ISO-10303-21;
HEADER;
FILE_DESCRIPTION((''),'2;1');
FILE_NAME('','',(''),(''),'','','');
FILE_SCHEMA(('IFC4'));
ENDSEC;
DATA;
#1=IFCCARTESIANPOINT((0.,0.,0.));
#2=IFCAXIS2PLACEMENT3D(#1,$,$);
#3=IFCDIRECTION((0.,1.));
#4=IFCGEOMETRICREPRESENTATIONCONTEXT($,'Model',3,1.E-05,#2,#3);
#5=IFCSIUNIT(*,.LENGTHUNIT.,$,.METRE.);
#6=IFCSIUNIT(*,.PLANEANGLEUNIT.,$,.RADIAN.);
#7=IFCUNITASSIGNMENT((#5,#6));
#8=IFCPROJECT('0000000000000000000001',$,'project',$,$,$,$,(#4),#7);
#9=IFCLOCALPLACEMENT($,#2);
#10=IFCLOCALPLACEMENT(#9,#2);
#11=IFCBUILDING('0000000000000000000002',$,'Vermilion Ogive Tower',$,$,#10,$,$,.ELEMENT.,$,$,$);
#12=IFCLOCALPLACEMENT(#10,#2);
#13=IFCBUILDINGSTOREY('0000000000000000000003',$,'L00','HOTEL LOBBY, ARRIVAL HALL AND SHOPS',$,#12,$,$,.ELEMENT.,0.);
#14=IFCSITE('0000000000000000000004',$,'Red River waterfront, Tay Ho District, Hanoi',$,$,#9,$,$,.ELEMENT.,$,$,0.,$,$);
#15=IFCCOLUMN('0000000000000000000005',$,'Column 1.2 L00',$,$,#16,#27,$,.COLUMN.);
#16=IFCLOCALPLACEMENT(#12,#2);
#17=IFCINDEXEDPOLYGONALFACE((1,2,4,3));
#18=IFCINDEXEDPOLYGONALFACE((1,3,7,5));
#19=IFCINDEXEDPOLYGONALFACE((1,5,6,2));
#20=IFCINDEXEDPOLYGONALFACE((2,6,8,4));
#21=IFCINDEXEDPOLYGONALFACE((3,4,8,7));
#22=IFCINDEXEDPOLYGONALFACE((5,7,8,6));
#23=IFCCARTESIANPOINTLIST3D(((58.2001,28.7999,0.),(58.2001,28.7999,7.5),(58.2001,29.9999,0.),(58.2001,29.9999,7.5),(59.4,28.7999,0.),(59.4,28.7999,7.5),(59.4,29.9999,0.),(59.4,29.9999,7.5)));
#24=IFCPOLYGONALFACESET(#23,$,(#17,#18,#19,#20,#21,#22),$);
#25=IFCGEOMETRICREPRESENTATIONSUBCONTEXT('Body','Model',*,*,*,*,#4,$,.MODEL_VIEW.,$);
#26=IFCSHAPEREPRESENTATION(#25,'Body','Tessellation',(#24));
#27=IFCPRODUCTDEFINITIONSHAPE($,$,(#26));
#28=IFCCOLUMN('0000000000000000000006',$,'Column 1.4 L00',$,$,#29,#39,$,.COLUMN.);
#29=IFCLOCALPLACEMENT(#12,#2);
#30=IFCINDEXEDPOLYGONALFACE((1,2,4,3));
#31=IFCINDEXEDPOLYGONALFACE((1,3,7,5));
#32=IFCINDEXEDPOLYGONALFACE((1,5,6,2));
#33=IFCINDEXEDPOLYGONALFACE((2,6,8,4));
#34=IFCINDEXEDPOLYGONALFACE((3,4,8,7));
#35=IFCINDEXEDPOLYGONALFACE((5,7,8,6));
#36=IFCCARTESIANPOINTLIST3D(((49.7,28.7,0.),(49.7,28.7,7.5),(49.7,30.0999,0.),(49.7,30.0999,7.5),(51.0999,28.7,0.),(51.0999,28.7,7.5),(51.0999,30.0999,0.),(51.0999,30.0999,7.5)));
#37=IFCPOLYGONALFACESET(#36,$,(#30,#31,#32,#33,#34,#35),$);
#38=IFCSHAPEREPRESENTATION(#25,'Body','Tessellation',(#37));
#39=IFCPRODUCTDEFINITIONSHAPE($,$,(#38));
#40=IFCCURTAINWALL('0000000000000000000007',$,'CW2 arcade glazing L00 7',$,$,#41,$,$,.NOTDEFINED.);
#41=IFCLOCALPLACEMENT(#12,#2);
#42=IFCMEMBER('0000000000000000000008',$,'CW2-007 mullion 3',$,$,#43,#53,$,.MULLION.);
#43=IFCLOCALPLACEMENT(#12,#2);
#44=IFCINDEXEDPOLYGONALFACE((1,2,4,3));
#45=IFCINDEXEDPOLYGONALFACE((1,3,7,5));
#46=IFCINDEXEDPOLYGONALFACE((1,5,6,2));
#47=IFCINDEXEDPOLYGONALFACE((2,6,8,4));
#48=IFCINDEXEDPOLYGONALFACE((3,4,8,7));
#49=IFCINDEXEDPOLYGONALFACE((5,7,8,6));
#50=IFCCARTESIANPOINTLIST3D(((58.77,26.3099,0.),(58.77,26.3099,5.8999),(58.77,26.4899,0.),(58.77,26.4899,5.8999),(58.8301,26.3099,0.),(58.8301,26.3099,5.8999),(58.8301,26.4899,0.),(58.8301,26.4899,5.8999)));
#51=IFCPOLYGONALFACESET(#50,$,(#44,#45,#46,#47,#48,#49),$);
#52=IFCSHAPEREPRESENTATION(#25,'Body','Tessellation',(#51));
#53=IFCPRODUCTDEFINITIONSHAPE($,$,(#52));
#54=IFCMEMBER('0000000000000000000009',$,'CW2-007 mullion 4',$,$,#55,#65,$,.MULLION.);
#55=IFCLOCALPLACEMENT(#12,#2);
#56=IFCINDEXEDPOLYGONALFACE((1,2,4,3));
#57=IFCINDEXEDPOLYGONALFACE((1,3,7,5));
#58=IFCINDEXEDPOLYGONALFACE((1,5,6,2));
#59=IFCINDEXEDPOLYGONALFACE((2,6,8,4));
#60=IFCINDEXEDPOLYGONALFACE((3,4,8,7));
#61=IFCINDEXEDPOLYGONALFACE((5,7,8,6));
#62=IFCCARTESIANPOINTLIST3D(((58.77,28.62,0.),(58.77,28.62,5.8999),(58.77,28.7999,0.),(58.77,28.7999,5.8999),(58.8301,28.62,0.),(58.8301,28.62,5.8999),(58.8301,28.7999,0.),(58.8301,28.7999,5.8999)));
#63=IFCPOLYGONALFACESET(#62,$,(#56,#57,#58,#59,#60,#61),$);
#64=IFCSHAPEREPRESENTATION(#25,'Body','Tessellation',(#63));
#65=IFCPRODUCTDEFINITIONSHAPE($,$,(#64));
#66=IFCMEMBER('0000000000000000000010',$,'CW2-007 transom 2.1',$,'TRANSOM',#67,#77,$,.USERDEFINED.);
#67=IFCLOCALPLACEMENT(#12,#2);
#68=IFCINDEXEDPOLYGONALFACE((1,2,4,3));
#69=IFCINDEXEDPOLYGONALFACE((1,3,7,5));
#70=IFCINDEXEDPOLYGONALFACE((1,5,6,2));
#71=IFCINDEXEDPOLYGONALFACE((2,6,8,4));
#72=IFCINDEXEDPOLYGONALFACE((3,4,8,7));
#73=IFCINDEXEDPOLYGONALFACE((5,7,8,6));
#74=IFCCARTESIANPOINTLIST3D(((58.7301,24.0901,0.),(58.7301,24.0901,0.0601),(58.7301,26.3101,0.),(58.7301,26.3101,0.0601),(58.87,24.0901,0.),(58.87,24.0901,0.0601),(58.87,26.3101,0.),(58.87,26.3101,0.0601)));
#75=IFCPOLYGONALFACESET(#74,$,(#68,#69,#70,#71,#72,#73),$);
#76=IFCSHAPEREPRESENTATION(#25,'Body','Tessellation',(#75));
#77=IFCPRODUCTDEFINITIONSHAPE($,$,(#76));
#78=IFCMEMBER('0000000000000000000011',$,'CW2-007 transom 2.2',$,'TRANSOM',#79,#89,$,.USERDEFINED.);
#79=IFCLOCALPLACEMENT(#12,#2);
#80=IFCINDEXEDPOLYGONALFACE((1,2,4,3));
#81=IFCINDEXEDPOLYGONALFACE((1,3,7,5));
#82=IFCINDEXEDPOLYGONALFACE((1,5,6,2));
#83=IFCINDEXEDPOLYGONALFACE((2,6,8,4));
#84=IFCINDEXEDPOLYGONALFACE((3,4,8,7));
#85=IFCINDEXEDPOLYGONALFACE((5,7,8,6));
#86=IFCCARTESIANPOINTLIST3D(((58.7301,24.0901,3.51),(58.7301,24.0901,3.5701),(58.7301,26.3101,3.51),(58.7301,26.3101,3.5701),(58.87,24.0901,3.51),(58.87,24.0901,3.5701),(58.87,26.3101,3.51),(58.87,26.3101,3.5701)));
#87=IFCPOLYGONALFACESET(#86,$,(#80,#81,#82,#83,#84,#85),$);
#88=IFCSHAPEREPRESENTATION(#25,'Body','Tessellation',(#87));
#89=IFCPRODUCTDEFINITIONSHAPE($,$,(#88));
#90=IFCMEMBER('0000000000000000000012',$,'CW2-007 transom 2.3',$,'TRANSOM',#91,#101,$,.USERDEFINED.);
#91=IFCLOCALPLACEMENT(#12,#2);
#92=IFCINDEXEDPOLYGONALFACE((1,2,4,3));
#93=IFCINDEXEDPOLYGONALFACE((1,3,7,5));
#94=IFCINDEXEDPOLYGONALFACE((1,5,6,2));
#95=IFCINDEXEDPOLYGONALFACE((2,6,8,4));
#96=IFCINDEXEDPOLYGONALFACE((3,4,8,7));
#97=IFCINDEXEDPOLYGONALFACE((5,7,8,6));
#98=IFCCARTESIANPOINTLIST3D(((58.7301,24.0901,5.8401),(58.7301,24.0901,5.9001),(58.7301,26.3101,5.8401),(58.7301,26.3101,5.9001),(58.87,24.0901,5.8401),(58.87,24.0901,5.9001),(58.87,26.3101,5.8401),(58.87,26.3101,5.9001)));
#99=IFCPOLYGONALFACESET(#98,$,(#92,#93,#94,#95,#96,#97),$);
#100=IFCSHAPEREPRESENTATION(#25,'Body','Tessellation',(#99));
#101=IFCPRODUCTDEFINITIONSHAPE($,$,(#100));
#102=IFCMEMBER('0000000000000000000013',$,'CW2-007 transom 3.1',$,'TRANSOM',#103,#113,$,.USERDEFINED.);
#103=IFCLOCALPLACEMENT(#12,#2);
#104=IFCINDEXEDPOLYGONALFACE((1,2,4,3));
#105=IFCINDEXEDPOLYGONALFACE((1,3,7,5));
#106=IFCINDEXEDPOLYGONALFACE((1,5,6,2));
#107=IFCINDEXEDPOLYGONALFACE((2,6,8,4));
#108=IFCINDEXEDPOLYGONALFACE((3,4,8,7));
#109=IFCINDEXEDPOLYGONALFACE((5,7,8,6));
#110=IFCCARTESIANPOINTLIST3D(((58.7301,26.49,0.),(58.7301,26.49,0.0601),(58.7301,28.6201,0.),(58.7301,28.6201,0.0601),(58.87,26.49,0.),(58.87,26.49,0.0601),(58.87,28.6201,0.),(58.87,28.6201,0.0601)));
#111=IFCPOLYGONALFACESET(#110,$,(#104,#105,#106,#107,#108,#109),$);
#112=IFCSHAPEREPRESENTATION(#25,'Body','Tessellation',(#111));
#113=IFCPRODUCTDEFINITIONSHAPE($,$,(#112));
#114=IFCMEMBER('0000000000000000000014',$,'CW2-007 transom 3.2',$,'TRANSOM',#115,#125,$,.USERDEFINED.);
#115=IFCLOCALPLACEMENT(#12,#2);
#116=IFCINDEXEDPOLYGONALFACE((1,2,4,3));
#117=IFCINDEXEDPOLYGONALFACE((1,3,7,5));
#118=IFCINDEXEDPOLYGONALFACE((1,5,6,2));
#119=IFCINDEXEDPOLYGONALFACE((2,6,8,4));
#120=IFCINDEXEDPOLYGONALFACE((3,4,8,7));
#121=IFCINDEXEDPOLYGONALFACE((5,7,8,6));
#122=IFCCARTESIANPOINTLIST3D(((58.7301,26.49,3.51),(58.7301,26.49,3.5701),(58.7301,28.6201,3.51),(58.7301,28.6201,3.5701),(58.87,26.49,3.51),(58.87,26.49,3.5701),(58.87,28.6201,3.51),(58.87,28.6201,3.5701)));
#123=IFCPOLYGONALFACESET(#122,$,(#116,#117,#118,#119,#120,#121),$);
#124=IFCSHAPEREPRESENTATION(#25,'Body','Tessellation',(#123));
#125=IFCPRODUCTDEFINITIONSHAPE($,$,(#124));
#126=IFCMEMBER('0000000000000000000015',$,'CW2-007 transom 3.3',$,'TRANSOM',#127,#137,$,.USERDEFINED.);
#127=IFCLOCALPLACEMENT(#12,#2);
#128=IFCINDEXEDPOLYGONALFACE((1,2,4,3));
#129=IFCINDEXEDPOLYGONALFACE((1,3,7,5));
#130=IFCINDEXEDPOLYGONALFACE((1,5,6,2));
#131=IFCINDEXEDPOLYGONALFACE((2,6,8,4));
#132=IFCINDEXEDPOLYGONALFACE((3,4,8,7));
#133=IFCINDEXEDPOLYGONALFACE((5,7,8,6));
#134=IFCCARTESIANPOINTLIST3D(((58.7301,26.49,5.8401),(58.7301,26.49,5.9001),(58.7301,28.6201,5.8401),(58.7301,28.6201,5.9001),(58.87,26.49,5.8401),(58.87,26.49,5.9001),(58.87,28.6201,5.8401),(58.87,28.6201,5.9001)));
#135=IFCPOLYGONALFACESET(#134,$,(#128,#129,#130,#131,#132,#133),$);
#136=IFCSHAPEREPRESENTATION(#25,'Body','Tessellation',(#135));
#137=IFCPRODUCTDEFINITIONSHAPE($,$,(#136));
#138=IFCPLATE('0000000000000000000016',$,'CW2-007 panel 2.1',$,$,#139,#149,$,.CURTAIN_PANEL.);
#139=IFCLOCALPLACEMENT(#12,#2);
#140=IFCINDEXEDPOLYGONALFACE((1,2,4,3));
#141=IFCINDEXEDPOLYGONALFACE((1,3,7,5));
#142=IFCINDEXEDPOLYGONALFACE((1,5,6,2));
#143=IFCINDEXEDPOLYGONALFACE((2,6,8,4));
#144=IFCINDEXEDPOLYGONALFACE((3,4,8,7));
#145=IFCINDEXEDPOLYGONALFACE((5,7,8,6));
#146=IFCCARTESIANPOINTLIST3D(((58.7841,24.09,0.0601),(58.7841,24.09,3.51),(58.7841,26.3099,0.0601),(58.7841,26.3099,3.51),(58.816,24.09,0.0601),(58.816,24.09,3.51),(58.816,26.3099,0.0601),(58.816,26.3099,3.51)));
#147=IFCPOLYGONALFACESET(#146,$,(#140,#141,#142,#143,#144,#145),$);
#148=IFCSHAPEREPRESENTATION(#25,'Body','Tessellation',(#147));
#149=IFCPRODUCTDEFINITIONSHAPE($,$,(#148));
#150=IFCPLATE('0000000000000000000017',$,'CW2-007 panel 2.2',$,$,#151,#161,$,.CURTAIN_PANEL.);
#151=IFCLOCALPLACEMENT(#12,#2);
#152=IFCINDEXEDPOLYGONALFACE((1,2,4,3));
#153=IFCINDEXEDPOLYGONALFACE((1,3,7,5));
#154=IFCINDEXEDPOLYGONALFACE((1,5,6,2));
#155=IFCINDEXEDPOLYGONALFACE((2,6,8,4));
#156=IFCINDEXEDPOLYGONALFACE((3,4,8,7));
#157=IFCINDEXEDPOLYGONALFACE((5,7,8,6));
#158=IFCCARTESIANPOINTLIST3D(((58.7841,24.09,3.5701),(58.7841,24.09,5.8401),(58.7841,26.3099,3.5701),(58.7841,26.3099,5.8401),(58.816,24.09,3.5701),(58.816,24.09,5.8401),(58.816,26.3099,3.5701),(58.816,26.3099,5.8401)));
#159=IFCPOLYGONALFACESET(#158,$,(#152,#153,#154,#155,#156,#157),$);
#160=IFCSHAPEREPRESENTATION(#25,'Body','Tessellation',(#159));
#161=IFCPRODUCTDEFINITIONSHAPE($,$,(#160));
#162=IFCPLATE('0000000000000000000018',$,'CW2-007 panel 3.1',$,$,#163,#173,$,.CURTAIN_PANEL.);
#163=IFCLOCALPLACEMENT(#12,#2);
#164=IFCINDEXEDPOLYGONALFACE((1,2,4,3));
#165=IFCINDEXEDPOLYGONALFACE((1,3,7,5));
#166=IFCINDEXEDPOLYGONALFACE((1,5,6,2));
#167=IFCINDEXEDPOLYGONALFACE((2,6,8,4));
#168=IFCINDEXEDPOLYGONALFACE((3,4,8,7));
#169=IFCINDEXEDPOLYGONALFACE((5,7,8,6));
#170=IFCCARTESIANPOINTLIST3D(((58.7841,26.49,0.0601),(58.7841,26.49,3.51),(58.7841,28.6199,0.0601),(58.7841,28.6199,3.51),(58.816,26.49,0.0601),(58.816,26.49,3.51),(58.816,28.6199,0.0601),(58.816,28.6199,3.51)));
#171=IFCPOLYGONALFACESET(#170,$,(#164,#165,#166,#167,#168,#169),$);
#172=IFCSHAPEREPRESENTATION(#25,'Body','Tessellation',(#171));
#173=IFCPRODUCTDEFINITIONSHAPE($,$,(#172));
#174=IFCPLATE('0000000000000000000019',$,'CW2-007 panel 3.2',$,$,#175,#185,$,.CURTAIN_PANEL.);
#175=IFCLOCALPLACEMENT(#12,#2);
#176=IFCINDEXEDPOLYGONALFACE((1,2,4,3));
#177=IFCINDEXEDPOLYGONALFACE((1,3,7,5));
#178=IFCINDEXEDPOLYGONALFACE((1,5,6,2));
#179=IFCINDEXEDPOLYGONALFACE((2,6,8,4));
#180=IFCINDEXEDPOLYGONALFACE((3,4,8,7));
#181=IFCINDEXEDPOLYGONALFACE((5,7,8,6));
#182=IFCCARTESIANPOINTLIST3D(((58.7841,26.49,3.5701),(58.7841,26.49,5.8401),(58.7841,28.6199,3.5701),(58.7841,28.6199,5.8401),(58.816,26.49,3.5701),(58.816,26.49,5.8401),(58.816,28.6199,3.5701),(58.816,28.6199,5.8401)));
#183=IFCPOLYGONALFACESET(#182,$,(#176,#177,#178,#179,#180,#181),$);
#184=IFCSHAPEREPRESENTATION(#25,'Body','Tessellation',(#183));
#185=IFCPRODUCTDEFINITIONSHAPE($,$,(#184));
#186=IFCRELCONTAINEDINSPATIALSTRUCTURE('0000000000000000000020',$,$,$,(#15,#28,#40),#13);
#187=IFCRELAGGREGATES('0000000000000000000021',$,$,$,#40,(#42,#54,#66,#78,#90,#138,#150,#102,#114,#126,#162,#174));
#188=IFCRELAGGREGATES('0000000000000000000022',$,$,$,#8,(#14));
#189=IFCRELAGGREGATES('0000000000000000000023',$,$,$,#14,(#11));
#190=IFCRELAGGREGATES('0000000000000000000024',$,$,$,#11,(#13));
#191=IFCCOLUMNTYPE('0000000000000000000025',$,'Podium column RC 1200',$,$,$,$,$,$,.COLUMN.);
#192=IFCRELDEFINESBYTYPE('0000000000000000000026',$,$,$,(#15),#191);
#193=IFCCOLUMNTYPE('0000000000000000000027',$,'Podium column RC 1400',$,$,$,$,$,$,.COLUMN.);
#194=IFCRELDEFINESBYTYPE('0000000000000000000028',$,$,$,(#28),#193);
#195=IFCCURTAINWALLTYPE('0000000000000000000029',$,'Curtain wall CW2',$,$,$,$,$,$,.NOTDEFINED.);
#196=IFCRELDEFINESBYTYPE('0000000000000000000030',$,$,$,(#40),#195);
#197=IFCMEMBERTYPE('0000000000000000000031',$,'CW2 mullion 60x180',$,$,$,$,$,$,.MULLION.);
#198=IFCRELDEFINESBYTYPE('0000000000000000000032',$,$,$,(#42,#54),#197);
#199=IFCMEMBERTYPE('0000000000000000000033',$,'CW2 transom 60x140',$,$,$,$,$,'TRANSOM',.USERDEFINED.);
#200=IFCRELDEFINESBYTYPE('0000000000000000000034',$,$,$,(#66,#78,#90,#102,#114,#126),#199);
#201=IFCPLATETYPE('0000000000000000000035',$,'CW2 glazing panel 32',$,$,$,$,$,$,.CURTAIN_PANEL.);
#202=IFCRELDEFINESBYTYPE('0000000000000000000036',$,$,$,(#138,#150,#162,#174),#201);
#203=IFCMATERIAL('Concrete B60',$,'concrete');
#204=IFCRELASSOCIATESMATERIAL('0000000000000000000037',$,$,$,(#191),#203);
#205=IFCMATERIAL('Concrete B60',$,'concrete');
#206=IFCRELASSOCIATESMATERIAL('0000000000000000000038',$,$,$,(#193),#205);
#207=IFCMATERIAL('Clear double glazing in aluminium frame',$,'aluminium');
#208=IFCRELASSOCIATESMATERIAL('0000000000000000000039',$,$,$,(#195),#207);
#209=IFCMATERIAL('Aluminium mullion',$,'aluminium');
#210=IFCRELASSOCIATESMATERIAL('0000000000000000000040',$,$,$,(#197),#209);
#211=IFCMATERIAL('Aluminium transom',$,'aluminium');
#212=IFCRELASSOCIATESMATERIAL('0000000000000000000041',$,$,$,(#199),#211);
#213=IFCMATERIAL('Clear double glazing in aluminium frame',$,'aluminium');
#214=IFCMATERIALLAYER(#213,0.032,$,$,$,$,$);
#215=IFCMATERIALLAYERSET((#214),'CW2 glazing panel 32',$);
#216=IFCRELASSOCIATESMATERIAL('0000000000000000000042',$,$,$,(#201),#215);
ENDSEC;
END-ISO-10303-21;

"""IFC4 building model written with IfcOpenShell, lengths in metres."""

from ifc_helpers import new_model, si_unit, direction, frame, origin, origin_2d, place, context, subcontext, project, spatial, rectangle, extrude, material, layer, layer_set, material_profile, profile_set, type_object, element, aggregate, save


model = new_model("IFC4")

# Units and contexts
model_context = context("Model", 3, precision=1e-05, world=origin(), true_north=direction((0.0, 1.0)))
body_context = subcontext(model_context, "Body", "Model", "MODEL_VIEW")
ifc_project = project(units=[si_unit("LENGTHUNIT", "METRE"), si_unit("PLANEANGLEUNIT", "RADIAN")], contexts=[model_context])

# Site, building, storey
site_placement = place(None, origin())
site = spatial("IfcSite", under=ifc_project, at=site_placement, Name="Red River waterfront, Tay Ho District, Hanoi", CompositionType="ELEMENT", RefElevation=0.0)
building_placement = place(site_placement, origin())
building = spatial("IfcBuilding", under=site, at=building_placement, Name="Vermilion Ogive Tower", CompositionType="ELEMENT")
storey_placement = place(building_placement, origin())
storey = spatial("IfcBuildingStorey", under=building, at=storey_placement, Name="L00", Description="HOTEL LOBBY, ARRIVAL HALL AND SHOPS", CompositionType="ELEMENT", Elevation=0.0)

# Columns
ifc_material_1 = material(Name="Concrete B60", Category="concrete")
ifc_material_profile_1 = material_profile(ifc_material_1, rectangle(XDim=1.2, YDim=1.2, at=origin_2d()), Name="RC 1200x1200")
ifc_profile_set_1 = profile_set([ifc_material_profile_1], Name="Concrete B60")
column_type_1 = type_object("IfcColumnType", Name="Podium column RC 1200", PredefinedType="COLUMN", material=ifc_profile_set_1)
column_1_placement = place(storey_placement, frame((58.8, 29.3999, 0.0), z_axis=(0.0, 0.0, 1.0), x_axis=(1.0, 0.0, 0.0)))
element("IfcColumn", 1, at=column_1_placement, inside=storey, type_object=column_type_1, Name="Column 1.2 L00", PredefinedType="COLUMN", context=body_context, shape_type="SweptSolid", body=[
    extrude(rectangle(XDim=1.2, YDim=1.2, at=origin_2d()), origin(), (0.0, 0.0, 1.0), 7.5),
])
ifc_material_2 = material(Name="Concrete B60", Category="concrete")
ifc_material_profile_2 = material_profile(ifc_material_2, rectangle(XDim=1.3999, YDim=1.3999, at=origin_2d()), Name="RC 1400x1400")
ifc_profile_set_2 = profile_set([ifc_material_profile_2], Name="Concrete B60")
column_type_2 = type_object("IfcColumnType", Name="Podium column RC 1400", PredefinedType="COLUMN", material=ifc_profile_set_2)
column_2_placement = place(storey_placement, frame((50.3999, 29.3999, 0.0), z_axis=(0.0, 0.0, 1.0), x_axis=(1.0, 0.0, 0.0)))
element("IfcColumn", 2, at=column_2_placement, inside=storey, type_object=column_type_2, Name="Column 1.4 L00", PredefinedType="COLUMN", context=body_context, shape_type="SweptSolid", body=[
    extrude(rectangle(XDim=1.3999, YDim=1.3999, at=origin_2d()), origin(), (0.0, 0.0, 1.0), 7.5),
])

# Curtain wall, members, plates
ifc_material_3 = material(Name="Clear double glazing in aluminium frame", Category="aluminium")
curtain_wall_type = type_object("IfcCurtainWallType", Name="Curtain wall CW2", PredefinedType="NOTDEFINED", material=ifc_material_3)
curtain_wall_placement = place(storey_placement, origin())
curtain_wall = element("IfcCurtainWall", 3, at=curtain_wall_placement, inside=storey, type_object=curtain_wall_type, Name="CW2 arcade glazing L00 7", PredefinedType="NOTDEFINED")
ifc_material_4 = material(Name="Aluminium mullion", Category="aluminium")
ifc_material_profile_3 = material_profile(ifc_material_4, rectangle(XDim=0.0601, YDim=0.1799, at=origin_2d()), Name="AL 60x180")
ifc_profile_set_3 = profile_set([ifc_material_profile_3], Name="Aluminium mullion")
member_type_1 = type_object("IfcMemberType", Name="CW2 mullion 60x180", PredefinedType="MULLION", material=ifc_profile_set_3)
member_1_placement = place(storey_placement, frame((58.8, 26.3999, 0.0), z_axis=(0.0, 0.0, 1.0), x_axis=(-1.0, 0.0, 0.0)))
member_1 = element("IfcMember", 4, at=member_1_placement, type_object=member_type_1, Name="CW2-007 mullion 3", PredefinedType="MULLION", context=body_context, shape_type="SweptSolid", body=[
    extrude(rectangle(XDim=0.0601, YDim=0.1799, at=origin_2d()), origin(), (0.0, 0.0, 1.0), 5.8999),
])
member_2_placement = place(storey_placement, frame((58.8, 28.71, 0.0), z_axis=(0.0, 0.0, 1.0), x_axis=(-1.0, 0.0, 0.0)))
member_2 = element("IfcMember", 5, at=member_2_placement, type_object=member_type_1, Name="CW2-007 mullion 4", PredefinedType="MULLION", context=body_context, shape_type="SweptSolid", body=[
    extrude(rectangle(XDim=0.0601, YDim=0.1799, at=origin_2d()), origin(), (0.0, 0.0, 1.0), 5.8999),
])
ifc_material_5 = material(Name="Aluminium transom", Category="aluminium")
ifc_material_profile_4 = material_profile(ifc_material_5, rectangle(XDim=0.1399, YDim=0.0601, at=origin_2d()), Name="AL 60x140")
ifc_profile_set_4 = profile_set([ifc_material_profile_4], Name="Aluminium transom")
member_type_2 = type_object("IfcMemberType", Name="CW2 transom 60x140", ElementType="TRANSOM", PredefinedType="USERDEFINED", material=ifc_profile_set_4)
member_3_placement = place(storey_placement, frame((58.8, 24.0901, 0.03), z_axis=(0.0, 1.0, 0.0), x_axis=(-1.0, 0.0, 0.0)))
member_3 = element("IfcMember", 6, at=member_3_placement, type_object=member_type_2, Name="CW2-007 transom 2.1", ObjectType="TRANSOM", PredefinedType="USERDEFINED", context=body_context, shape_type="SweptSolid", body=[
    extrude(rectangle(XDim=0.1399, YDim=0.0601, at=origin_2d()), origin(), (0.0, 0.0, 1.0), 2.22),
])
member_4_placement = place(storey_placement, frame((58.8, 24.0901, 3.54), z_axis=(0.0, 1.0, 0.0), x_axis=(-1.0, 0.0, 0.0)))
member_4 = element("IfcMember", 7, at=member_4_placement, type_object=member_type_2, Name="CW2-007 transom 2.2", ObjectType="TRANSOM", PredefinedType="USERDEFINED", context=body_context, shape_type="SweptSolid", body=[
    extrude(rectangle(XDim=0.1399, YDim=0.0601, at=origin_2d()), origin(), (0.0, 0.0, 1.0), 2.22),
])
member_5_placement = place(storey_placement, frame((58.8, 24.0901, 5.8701), z_axis=(0.0, 1.0, 0.0), x_axis=(-1.0, 0.0, 0.0)))
member_5 = element("IfcMember", 8, at=member_5_placement, type_object=member_type_2, Name="CW2-007 transom 2.3", ObjectType="TRANSOM", PredefinedType="USERDEFINED", context=body_context, shape_type="SweptSolid", body=[
    extrude(rectangle(XDim=0.1399, YDim=0.0601, at=origin_2d()), origin(), (0.0, 0.0, 1.0), 2.22),
])
member_6_placement = place(storey_placement, frame((58.8, 26.49, 0.03), z_axis=(0.0, 1.0, 0.0), x_axis=(-1.0, 0.0, 0.0)))
member_6 = element("IfcMember", 9, at=member_6_placement, type_object=member_type_2, Name="CW2-007 transom 3.1", ObjectType="TRANSOM", PredefinedType="USERDEFINED", context=body_context, shape_type="SweptSolid", body=[
    extrude(rectangle(XDim=0.1399, YDim=0.0601, at=origin_2d()), origin(), (0.0, 0.0, 1.0), 2.1301),
])
member_7_placement = place(storey_placement, frame((58.8, 26.49, 3.54), z_axis=(0.0, 1.0, 0.0), x_axis=(-1.0, 0.0, 0.0)))
member_7 = element("IfcMember", 10, at=member_7_placement, type_object=member_type_2, Name="CW2-007 transom 3.2", ObjectType="TRANSOM", PredefinedType="USERDEFINED", context=body_context, shape_type="SweptSolid", body=[
    extrude(rectangle(XDim=0.1399, YDim=0.0601, at=origin_2d()), origin(), (0.0, 0.0, 1.0), 2.1301),
])
member_8_placement = place(storey_placement, frame((58.8, 26.49, 5.8701), z_axis=(0.0, 1.0, 0.0), x_axis=(-1.0, 0.0, 0.0)))
member_8 = element("IfcMember", 11, at=member_8_placement, type_object=member_type_2, Name="CW2-007 transom 3.3", ObjectType="TRANSOM", PredefinedType="USERDEFINED", context=body_context, shape_type="SweptSolid", body=[
    extrude(rectangle(XDim=0.1399, YDim=0.0601, at=origin_2d()), origin(), (0.0, 0.0, 1.0), 2.1301),
])
ifc_material_6 = material(Name="Clear double glazing in aluminium frame", Category="aluminium")
ifc_layer_1 = layer(ifc_material_6, 0.032)
ifc_layer_set_1 = layer_set([ifc_layer_1], Name="CW2 glazing panel 32")
plate_type = type_object("IfcPlateType", Name="CW2 glazing panel 32", PredefinedType="CURTAIN_PANEL", material=ifc_layer_set_1)
plate_1_placement = place(storey_placement, frame((58.8, 25.2, 0.0601), z_axis=(0.0, 0.0, 1.0), x_axis=(0.0, 1.0, 0.0)))
plate_1 = element("IfcPlate", 12, at=plate_1_placement, type_object=plate_type, Name="CW2-007 panel 2.1", PredefinedType="CURTAIN_PANEL", context=body_context, shape_type="SweptSolid", body=[
    extrude(rectangle(XDim=2.22, YDim=0.032, at=origin_2d()), origin(), (0.0, 0.0, 1.0), 3.45),
])
plate_2_placement = place(storey_placement, frame((58.8, 25.2, 3.5701), z_axis=(0.0, 0.0, 1.0), x_axis=(0.0, 1.0, 0.0)))
plate_2 = element("IfcPlate", 13, at=plate_2_placement, type_object=plate_type, Name="CW2-007 panel 2.2", PredefinedType="CURTAIN_PANEL", context=body_context, shape_type="SweptSolid", body=[
    extrude(rectangle(XDim=2.22, YDim=0.032, at=origin_2d()), origin(), (0.0, 0.0, 1.0), 2.27),
])
plate_3_placement = place(storey_placement, frame((58.8, 27.5549, 0.0601), z_axis=(0.0, 0.0, 1.0), x_axis=(0.0, 1.0, 0.0)))
plate_3 = element("IfcPlate", 14, at=plate_3_placement, type_object=plate_type, Name="CW2-007 panel 3.1", PredefinedType="CURTAIN_PANEL", context=body_context, shape_type="SweptSolid", body=[
    extrude(rectangle(XDim=2.1299, YDim=0.032, at=origin_2d()), origin(), (0.0, 0.0, 1.0), 3.45),
])
plate_4_placement = place(storey_placement, frame((58.8, 27.5549, 3.5701), z_axis=(0.0, 0.0, 1.0), x_axis=(0.0, 1.0, 0.0)))
plate_4 = element("IfcPlate", 15, at=plate_4_placement, type_object=plate_type, Name="CW2-007 panel 3.2", PredefinedType="CURTAIN_PANEL", context=body_context, shape_type="SweptSolid", body=[
    extrude(rectangle(XDim=2.1299, YDim=0.032, at=origin_2d()), origin(), (0.0, 0.0, 1.0), 2.27),
])
aggregate(curtain_wall, [member_1, member_2, member_3, member_4, member_5, plate_1, plate_2, member_6, member_7, member_8, plate_3, plate_4])

save(model, "model.ifc")
